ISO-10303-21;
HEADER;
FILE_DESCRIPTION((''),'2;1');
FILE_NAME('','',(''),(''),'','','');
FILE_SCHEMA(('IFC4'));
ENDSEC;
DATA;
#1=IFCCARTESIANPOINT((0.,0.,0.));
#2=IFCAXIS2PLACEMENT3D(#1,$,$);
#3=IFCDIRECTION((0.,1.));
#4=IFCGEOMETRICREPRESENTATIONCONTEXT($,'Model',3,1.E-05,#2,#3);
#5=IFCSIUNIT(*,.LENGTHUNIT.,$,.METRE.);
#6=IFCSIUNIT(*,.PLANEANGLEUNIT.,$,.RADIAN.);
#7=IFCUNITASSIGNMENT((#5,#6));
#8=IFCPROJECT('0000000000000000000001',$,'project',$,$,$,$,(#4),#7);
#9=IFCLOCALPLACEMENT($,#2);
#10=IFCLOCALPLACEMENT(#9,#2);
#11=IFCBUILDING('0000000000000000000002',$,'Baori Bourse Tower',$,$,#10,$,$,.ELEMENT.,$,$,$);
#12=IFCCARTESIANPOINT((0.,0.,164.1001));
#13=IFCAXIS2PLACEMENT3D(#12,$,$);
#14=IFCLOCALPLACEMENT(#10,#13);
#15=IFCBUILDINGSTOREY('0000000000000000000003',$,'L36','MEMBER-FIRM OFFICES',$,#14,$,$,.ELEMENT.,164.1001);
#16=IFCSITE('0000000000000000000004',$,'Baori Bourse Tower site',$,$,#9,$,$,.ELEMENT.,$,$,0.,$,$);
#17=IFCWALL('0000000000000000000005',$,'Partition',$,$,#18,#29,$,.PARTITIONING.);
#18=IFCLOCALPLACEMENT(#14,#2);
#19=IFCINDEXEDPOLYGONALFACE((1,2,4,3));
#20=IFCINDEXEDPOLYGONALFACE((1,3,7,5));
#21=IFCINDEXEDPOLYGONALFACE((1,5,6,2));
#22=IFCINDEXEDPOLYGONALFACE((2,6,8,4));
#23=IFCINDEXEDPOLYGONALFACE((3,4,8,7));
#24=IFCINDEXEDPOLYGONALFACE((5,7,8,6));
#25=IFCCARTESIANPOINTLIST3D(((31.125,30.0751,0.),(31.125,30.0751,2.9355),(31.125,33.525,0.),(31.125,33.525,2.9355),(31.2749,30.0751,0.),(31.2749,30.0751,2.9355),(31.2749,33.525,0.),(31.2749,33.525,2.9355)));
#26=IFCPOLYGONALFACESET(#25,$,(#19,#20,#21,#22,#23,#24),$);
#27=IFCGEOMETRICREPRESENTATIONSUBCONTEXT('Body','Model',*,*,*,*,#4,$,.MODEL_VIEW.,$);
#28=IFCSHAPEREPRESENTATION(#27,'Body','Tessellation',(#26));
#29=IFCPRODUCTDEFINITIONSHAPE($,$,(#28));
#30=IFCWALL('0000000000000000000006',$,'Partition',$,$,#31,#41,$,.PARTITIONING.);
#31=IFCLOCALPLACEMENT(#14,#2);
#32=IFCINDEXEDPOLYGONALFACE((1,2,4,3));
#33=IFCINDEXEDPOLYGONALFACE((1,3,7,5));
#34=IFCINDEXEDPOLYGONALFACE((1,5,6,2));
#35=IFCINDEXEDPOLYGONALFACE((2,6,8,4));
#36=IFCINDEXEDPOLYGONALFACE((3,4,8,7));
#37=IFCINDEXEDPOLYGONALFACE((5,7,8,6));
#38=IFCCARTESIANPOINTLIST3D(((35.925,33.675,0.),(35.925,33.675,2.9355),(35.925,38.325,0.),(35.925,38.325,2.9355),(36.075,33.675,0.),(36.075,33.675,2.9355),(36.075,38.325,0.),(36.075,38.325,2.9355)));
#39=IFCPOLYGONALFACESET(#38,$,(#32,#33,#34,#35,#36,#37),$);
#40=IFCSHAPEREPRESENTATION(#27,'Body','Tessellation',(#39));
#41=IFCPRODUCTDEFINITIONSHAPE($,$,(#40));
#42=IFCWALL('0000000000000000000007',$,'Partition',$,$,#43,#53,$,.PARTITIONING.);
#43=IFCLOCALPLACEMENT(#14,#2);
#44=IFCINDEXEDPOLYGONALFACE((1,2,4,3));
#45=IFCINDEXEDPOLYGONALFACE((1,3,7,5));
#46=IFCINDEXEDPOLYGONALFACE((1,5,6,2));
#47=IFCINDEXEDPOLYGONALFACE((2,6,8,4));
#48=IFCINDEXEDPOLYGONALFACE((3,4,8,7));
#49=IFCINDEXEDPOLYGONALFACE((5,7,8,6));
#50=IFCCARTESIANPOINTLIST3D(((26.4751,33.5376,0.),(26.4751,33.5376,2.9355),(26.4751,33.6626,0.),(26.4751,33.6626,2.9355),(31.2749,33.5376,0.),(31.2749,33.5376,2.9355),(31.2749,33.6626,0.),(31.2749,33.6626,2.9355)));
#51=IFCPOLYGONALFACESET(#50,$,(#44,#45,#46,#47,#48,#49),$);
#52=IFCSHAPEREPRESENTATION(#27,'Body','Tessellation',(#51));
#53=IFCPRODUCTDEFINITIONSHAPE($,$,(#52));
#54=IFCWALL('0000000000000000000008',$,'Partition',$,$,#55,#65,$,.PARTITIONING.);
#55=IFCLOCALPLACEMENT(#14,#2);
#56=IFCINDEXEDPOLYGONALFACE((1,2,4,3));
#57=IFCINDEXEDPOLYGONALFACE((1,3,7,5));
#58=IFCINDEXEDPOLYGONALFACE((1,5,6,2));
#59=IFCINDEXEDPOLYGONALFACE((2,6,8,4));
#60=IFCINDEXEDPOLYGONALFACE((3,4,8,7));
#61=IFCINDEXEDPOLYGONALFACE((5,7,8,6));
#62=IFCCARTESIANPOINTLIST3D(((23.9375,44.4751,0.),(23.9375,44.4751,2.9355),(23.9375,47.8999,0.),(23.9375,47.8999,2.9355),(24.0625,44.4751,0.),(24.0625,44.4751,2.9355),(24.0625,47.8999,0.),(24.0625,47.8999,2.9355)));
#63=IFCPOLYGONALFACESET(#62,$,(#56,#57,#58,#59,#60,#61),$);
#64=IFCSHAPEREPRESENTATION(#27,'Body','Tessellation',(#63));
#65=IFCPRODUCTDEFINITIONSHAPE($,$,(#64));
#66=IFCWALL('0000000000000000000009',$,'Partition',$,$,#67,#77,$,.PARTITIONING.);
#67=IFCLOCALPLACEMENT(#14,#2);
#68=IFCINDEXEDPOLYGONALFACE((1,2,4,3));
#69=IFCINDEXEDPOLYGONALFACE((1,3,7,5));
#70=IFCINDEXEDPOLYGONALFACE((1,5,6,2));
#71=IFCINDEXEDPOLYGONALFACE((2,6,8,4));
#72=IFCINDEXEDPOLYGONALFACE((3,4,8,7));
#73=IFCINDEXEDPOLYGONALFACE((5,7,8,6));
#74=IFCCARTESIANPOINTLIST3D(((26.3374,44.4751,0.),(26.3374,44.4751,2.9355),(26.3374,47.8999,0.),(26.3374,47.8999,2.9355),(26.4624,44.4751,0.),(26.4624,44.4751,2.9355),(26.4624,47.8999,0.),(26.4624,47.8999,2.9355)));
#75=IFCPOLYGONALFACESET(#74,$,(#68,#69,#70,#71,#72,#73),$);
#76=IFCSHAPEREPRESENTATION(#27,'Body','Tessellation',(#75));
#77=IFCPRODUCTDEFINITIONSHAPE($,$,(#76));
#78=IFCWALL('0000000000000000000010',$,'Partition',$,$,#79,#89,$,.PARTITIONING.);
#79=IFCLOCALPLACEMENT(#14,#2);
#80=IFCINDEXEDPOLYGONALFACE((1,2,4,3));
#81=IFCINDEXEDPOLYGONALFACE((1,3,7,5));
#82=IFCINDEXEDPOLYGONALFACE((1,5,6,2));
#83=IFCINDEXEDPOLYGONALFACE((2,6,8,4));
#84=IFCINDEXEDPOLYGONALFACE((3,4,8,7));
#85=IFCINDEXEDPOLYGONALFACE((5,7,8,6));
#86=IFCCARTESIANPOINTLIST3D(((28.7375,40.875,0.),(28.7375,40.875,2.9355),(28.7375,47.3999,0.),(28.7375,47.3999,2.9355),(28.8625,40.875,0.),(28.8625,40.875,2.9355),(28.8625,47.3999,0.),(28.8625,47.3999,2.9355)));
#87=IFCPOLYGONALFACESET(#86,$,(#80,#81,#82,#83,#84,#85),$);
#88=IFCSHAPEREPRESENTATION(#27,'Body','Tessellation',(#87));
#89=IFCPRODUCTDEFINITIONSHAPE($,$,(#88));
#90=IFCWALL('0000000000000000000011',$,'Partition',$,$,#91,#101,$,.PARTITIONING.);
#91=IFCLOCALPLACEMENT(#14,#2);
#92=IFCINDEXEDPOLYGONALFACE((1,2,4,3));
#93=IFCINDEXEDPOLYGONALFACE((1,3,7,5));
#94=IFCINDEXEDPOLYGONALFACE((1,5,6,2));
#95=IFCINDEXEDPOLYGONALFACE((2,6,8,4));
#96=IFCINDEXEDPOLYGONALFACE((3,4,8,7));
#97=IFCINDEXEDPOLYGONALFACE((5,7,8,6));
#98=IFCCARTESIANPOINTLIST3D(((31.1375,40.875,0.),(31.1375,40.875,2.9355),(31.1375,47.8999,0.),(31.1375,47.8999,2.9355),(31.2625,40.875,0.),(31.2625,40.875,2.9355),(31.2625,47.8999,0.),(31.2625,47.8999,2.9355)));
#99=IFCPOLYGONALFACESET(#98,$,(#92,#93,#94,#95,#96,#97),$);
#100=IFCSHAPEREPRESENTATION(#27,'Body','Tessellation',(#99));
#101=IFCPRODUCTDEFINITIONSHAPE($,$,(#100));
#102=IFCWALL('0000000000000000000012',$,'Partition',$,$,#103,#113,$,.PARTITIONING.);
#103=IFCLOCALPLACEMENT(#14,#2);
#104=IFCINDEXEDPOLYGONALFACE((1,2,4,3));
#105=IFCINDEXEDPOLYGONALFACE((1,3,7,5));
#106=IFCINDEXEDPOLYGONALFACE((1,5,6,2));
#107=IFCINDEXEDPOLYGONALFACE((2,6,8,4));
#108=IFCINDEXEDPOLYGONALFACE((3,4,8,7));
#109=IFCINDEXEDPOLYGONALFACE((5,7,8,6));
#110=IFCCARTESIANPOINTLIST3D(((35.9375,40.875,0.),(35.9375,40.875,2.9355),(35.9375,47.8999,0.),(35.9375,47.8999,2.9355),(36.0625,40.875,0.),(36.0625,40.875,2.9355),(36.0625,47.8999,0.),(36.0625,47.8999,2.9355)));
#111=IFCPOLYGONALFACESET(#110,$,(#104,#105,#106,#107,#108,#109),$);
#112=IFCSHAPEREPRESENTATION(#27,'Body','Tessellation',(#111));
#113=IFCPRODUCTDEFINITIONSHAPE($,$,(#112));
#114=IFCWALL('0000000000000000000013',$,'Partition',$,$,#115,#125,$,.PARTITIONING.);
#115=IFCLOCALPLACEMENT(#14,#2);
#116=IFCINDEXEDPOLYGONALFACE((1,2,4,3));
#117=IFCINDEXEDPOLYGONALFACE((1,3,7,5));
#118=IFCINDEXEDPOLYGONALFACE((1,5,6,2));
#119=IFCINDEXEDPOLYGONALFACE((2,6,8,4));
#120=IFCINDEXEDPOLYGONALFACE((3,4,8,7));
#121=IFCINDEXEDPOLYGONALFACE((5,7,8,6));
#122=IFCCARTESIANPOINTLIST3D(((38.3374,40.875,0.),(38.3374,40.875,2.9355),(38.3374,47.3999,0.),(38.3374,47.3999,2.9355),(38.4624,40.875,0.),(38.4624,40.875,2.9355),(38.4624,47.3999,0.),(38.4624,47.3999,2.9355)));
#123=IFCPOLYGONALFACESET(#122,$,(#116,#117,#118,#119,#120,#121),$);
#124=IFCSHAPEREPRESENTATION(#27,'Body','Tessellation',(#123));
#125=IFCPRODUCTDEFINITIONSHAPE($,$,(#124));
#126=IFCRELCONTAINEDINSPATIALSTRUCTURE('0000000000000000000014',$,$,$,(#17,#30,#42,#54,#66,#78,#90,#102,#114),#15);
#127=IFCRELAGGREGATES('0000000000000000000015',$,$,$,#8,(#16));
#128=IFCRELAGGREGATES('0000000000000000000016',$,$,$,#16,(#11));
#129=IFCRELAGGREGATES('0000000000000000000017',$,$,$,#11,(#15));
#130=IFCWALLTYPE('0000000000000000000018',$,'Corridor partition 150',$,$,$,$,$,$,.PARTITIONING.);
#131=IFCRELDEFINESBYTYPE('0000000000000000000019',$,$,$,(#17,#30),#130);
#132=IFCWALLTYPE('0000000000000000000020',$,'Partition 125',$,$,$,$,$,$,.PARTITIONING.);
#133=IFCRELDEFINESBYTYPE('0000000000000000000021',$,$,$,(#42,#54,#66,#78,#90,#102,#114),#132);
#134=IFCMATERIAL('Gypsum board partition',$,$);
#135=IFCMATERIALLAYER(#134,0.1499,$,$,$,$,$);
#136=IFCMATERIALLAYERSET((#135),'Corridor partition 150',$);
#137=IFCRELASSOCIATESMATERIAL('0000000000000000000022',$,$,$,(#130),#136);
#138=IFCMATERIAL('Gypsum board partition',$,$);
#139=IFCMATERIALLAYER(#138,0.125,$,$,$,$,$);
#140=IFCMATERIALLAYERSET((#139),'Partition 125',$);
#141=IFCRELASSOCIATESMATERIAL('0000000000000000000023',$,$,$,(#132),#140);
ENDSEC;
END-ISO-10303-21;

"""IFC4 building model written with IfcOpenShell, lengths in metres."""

from ifc_helpers import new_model, si_unit, direction, frame, frame_2d, origin, place, context, subcontext, project, spatial, rectangle, extrude, material, layer, layer_set, type_object, element, save


model = new_model("IFC4")

# Units and contexts
model_context = context("Model", 3, precision=1e-05, world=origin(), true_north=direction((0.0, 1.0)))
body_context = subcontext(model_context, "Body", "Model", "MODEL_VIEW")
ifc_project = project(units=[si_unit("LENGTHUNIT", "METRE"), si_unit("PLANEANGLEUNIT", "RADIAN")], contexts=[model_context])

# Site, building, storey
site_placement = place(None, origin())
site = spatial("IfcSite", under=ifc_project, at=site_placement, Name="Baori Bourse Tower site", CompositionType="ELEMENT", RefElevation=0.0)
building_placement = place(site_placement, origin())
building = spatial("IfcBuilding", under=site, at=building_placement, Name="Baori Bourse Tower", CompositionType="ELEMENT")
storey_placement = place(building_placement, frame((0.0, 0.0, 164.1001)))
storey = spatial("IfcBuildingStorey", under=building, at=storey_placement, Name="L36", Description="MEMBER-FIRM OFFICES", CompositionType="ELEMENT", Elevation=164.1001)

# Shared definitions
ifc_material_1 = material(Name="Gypsum board partition")
ifc_layer_1 = layer(ifc_material_1, 0.1499)
ifc_layer_set_1 = layer_set([ifc_layer_1], Name="Corridor partition 150")
wall_type_1 = type_object("IfcWallType", Name="Corridor partition 150", PredefinedType="PARTITIONING", material=ifc_layer_set_1)

# Walls
for number, where, z_axis, x_axis, name in (
    (1, (31.2, 30.075, 0.0), (0.0, 0.0, 1.0), (0.0, 1.0, 0.0), "Partition"),
):
    element("IfcWall", number, at=place(storey_placement, frame(where, z_axis=z_axis, x_axis=x_axis)), inside=storey, type_object=wall_type_1, Name=name, PredefinedType="PARTITIONING", context=body_context, shape_type="SweptSolid", body=[
        extrude(rectangle(XDim=3.45, YDim=0.1499, at=frame_2d((1.7251, 0.0))), origin(), (0.0, 0.0, 1.0), 2.9355),
    ])
wall_1_placement = place(storey_placement, frame((36.0, 33.675, 0.0), z_axis=(0.0, 0.0, 1.0), x_axis=(0.0, 1.0, 0.0)))
element("IfcWall", 2, at=wall_1_placement, inside=storey, type_object=wall_type_1, Name="Partition", PredefinedType="PARTITIONING", context=body_context, shape_type="SweptSolid", body=[
    extrude(rectangle(XDim=4.6499, YDim=0.1499, at=frame_2d((2.325, 0.0))), origin(), (0.0, 0.0, 1.0), 2.9355),
])
ifc_material_2 = material(Name="Gypsum board partition")
ifc_layer_2 = layer(ifc_material_2, 0.125)
ifc_layer_set_2 = layer_set([ifc_layer_2], Name="Partition 125")
wall_type_2 = type_object("IfcWallType", Name="Partition 125", PredefinedType="PARTITIONING", material=ifc_layer_set_2)
wall_2_placement = place(storey_placement, frame((26.4751, 33.6001, 0.0), z_axis=(0.0, 0.0, 1.0), x_axis=(1.0, 0.0, 0.0)))
element("IfcWall", 3, at=wall_2_placement, inside=storey, type_object=wall_type_2, Name="Partition", PredefinedType="PARTITIONING", context=body_context, shape_type="SweptSolid", body=[
    extrude(rectangle(XDim=4.7998, YDim=0.125, at=frame_2d((2.3999, 0.0))), origin(), (0.0, 0.0, 1.0), 2.9355),
])
for number, where, z_axis, x_axis, name in (
    (4, (24.0, 44.4751, 0.0), (0.0, 0.0, 1.0), (0.0, 1.0, 0.0), "Partition"),
    (5, (26.3999, 44.4751, 0.0), (0.0, 0.0, 1.0), (0.0, 1.0, 0.0), "Partition"),
):
    element("IfcWall", number, at=place(storey_placement, frame(where, z_axis=z_axis, x_axis=x_axis)), inside=storey, type_object=wall_type_2, Name=name, PredefinedType="PARTITIONING", context=body_context, shape_type="SweptSolid", body=[
        extrude(rectangle(XDim=3.4248, YDim=0.125, at=frame_2d((1.7124, 0.0))), origin(), (0.0, 0.0, 1.0), 2.9355),
    ])
wall_3_placement = place(storey_placement, frame((28.8, 40.875, 0.0), z_axis=(0.0, 0.0, 1.0), x_axis=(0.0, 1.0, 0.0)))
element("IfcWall", 6, at=wall_3_placement, inside=storey, type_object=wall_type_2, Name="Partition", PredefinedType="PARTITIONING", context=body_context, shape_type="SweptSolid", body=[
    extrude(rectangle(XDim=6.5249, YDim=0.125, at=frame_2d((3.2625, 0.0))), origin(), (0.0, 0.0, 1.0), 2.9355),
])
for number, where, z_axis, x_axis, name in (
    (7, (31.2, 40.875, 0.0), (0.0, 0.0, 1.0), (0.0, 1.0, 0.0), "Partition"),
    (8, (36.0, 40.875, 0.0), (0.0, 0.0, 1.0), (0.0, 1.0, 0.0), "Partition"),
):
    element("IfcWall", number, at=place(storey_placement, frame(where, z_axis=z_axis, x_axis=x_axis)), inside=storey, type_object=wall_type_2, Name=name, PredefinedType="PARTITIONING", context=body_context, shape_type="SweptSolid", body=[
        extrude(rectangle(XDim=7.0249, YDim=0.125, at=frame_2d((3.5125, 0.0))), origin(), (0.0, 0.0, 1.0), 2.9355),
    ])
wall_4_placement = place(storey_placement, frame((38.3999, 40.875, 0.0), z_axis=(0.0, 0.0, 1.0), x_axis=(0.0, 1.0, 0.0)))
element("IfcWall", 9, at=wall_4_placement, inside=storey, type_object=wall_type_2, Name="Partition", PredefinedType="PARTITIONING", context=body_context, shape_type="SweptSolid", body=[
    extrude(rectangle(XDim=6.5249, YDim=0.125, at=frame_2d((3.2625, 0.0))), origin(), (0.0, 0.0, 1.0), 2.9355),
])

save(model, "model.ifc")
